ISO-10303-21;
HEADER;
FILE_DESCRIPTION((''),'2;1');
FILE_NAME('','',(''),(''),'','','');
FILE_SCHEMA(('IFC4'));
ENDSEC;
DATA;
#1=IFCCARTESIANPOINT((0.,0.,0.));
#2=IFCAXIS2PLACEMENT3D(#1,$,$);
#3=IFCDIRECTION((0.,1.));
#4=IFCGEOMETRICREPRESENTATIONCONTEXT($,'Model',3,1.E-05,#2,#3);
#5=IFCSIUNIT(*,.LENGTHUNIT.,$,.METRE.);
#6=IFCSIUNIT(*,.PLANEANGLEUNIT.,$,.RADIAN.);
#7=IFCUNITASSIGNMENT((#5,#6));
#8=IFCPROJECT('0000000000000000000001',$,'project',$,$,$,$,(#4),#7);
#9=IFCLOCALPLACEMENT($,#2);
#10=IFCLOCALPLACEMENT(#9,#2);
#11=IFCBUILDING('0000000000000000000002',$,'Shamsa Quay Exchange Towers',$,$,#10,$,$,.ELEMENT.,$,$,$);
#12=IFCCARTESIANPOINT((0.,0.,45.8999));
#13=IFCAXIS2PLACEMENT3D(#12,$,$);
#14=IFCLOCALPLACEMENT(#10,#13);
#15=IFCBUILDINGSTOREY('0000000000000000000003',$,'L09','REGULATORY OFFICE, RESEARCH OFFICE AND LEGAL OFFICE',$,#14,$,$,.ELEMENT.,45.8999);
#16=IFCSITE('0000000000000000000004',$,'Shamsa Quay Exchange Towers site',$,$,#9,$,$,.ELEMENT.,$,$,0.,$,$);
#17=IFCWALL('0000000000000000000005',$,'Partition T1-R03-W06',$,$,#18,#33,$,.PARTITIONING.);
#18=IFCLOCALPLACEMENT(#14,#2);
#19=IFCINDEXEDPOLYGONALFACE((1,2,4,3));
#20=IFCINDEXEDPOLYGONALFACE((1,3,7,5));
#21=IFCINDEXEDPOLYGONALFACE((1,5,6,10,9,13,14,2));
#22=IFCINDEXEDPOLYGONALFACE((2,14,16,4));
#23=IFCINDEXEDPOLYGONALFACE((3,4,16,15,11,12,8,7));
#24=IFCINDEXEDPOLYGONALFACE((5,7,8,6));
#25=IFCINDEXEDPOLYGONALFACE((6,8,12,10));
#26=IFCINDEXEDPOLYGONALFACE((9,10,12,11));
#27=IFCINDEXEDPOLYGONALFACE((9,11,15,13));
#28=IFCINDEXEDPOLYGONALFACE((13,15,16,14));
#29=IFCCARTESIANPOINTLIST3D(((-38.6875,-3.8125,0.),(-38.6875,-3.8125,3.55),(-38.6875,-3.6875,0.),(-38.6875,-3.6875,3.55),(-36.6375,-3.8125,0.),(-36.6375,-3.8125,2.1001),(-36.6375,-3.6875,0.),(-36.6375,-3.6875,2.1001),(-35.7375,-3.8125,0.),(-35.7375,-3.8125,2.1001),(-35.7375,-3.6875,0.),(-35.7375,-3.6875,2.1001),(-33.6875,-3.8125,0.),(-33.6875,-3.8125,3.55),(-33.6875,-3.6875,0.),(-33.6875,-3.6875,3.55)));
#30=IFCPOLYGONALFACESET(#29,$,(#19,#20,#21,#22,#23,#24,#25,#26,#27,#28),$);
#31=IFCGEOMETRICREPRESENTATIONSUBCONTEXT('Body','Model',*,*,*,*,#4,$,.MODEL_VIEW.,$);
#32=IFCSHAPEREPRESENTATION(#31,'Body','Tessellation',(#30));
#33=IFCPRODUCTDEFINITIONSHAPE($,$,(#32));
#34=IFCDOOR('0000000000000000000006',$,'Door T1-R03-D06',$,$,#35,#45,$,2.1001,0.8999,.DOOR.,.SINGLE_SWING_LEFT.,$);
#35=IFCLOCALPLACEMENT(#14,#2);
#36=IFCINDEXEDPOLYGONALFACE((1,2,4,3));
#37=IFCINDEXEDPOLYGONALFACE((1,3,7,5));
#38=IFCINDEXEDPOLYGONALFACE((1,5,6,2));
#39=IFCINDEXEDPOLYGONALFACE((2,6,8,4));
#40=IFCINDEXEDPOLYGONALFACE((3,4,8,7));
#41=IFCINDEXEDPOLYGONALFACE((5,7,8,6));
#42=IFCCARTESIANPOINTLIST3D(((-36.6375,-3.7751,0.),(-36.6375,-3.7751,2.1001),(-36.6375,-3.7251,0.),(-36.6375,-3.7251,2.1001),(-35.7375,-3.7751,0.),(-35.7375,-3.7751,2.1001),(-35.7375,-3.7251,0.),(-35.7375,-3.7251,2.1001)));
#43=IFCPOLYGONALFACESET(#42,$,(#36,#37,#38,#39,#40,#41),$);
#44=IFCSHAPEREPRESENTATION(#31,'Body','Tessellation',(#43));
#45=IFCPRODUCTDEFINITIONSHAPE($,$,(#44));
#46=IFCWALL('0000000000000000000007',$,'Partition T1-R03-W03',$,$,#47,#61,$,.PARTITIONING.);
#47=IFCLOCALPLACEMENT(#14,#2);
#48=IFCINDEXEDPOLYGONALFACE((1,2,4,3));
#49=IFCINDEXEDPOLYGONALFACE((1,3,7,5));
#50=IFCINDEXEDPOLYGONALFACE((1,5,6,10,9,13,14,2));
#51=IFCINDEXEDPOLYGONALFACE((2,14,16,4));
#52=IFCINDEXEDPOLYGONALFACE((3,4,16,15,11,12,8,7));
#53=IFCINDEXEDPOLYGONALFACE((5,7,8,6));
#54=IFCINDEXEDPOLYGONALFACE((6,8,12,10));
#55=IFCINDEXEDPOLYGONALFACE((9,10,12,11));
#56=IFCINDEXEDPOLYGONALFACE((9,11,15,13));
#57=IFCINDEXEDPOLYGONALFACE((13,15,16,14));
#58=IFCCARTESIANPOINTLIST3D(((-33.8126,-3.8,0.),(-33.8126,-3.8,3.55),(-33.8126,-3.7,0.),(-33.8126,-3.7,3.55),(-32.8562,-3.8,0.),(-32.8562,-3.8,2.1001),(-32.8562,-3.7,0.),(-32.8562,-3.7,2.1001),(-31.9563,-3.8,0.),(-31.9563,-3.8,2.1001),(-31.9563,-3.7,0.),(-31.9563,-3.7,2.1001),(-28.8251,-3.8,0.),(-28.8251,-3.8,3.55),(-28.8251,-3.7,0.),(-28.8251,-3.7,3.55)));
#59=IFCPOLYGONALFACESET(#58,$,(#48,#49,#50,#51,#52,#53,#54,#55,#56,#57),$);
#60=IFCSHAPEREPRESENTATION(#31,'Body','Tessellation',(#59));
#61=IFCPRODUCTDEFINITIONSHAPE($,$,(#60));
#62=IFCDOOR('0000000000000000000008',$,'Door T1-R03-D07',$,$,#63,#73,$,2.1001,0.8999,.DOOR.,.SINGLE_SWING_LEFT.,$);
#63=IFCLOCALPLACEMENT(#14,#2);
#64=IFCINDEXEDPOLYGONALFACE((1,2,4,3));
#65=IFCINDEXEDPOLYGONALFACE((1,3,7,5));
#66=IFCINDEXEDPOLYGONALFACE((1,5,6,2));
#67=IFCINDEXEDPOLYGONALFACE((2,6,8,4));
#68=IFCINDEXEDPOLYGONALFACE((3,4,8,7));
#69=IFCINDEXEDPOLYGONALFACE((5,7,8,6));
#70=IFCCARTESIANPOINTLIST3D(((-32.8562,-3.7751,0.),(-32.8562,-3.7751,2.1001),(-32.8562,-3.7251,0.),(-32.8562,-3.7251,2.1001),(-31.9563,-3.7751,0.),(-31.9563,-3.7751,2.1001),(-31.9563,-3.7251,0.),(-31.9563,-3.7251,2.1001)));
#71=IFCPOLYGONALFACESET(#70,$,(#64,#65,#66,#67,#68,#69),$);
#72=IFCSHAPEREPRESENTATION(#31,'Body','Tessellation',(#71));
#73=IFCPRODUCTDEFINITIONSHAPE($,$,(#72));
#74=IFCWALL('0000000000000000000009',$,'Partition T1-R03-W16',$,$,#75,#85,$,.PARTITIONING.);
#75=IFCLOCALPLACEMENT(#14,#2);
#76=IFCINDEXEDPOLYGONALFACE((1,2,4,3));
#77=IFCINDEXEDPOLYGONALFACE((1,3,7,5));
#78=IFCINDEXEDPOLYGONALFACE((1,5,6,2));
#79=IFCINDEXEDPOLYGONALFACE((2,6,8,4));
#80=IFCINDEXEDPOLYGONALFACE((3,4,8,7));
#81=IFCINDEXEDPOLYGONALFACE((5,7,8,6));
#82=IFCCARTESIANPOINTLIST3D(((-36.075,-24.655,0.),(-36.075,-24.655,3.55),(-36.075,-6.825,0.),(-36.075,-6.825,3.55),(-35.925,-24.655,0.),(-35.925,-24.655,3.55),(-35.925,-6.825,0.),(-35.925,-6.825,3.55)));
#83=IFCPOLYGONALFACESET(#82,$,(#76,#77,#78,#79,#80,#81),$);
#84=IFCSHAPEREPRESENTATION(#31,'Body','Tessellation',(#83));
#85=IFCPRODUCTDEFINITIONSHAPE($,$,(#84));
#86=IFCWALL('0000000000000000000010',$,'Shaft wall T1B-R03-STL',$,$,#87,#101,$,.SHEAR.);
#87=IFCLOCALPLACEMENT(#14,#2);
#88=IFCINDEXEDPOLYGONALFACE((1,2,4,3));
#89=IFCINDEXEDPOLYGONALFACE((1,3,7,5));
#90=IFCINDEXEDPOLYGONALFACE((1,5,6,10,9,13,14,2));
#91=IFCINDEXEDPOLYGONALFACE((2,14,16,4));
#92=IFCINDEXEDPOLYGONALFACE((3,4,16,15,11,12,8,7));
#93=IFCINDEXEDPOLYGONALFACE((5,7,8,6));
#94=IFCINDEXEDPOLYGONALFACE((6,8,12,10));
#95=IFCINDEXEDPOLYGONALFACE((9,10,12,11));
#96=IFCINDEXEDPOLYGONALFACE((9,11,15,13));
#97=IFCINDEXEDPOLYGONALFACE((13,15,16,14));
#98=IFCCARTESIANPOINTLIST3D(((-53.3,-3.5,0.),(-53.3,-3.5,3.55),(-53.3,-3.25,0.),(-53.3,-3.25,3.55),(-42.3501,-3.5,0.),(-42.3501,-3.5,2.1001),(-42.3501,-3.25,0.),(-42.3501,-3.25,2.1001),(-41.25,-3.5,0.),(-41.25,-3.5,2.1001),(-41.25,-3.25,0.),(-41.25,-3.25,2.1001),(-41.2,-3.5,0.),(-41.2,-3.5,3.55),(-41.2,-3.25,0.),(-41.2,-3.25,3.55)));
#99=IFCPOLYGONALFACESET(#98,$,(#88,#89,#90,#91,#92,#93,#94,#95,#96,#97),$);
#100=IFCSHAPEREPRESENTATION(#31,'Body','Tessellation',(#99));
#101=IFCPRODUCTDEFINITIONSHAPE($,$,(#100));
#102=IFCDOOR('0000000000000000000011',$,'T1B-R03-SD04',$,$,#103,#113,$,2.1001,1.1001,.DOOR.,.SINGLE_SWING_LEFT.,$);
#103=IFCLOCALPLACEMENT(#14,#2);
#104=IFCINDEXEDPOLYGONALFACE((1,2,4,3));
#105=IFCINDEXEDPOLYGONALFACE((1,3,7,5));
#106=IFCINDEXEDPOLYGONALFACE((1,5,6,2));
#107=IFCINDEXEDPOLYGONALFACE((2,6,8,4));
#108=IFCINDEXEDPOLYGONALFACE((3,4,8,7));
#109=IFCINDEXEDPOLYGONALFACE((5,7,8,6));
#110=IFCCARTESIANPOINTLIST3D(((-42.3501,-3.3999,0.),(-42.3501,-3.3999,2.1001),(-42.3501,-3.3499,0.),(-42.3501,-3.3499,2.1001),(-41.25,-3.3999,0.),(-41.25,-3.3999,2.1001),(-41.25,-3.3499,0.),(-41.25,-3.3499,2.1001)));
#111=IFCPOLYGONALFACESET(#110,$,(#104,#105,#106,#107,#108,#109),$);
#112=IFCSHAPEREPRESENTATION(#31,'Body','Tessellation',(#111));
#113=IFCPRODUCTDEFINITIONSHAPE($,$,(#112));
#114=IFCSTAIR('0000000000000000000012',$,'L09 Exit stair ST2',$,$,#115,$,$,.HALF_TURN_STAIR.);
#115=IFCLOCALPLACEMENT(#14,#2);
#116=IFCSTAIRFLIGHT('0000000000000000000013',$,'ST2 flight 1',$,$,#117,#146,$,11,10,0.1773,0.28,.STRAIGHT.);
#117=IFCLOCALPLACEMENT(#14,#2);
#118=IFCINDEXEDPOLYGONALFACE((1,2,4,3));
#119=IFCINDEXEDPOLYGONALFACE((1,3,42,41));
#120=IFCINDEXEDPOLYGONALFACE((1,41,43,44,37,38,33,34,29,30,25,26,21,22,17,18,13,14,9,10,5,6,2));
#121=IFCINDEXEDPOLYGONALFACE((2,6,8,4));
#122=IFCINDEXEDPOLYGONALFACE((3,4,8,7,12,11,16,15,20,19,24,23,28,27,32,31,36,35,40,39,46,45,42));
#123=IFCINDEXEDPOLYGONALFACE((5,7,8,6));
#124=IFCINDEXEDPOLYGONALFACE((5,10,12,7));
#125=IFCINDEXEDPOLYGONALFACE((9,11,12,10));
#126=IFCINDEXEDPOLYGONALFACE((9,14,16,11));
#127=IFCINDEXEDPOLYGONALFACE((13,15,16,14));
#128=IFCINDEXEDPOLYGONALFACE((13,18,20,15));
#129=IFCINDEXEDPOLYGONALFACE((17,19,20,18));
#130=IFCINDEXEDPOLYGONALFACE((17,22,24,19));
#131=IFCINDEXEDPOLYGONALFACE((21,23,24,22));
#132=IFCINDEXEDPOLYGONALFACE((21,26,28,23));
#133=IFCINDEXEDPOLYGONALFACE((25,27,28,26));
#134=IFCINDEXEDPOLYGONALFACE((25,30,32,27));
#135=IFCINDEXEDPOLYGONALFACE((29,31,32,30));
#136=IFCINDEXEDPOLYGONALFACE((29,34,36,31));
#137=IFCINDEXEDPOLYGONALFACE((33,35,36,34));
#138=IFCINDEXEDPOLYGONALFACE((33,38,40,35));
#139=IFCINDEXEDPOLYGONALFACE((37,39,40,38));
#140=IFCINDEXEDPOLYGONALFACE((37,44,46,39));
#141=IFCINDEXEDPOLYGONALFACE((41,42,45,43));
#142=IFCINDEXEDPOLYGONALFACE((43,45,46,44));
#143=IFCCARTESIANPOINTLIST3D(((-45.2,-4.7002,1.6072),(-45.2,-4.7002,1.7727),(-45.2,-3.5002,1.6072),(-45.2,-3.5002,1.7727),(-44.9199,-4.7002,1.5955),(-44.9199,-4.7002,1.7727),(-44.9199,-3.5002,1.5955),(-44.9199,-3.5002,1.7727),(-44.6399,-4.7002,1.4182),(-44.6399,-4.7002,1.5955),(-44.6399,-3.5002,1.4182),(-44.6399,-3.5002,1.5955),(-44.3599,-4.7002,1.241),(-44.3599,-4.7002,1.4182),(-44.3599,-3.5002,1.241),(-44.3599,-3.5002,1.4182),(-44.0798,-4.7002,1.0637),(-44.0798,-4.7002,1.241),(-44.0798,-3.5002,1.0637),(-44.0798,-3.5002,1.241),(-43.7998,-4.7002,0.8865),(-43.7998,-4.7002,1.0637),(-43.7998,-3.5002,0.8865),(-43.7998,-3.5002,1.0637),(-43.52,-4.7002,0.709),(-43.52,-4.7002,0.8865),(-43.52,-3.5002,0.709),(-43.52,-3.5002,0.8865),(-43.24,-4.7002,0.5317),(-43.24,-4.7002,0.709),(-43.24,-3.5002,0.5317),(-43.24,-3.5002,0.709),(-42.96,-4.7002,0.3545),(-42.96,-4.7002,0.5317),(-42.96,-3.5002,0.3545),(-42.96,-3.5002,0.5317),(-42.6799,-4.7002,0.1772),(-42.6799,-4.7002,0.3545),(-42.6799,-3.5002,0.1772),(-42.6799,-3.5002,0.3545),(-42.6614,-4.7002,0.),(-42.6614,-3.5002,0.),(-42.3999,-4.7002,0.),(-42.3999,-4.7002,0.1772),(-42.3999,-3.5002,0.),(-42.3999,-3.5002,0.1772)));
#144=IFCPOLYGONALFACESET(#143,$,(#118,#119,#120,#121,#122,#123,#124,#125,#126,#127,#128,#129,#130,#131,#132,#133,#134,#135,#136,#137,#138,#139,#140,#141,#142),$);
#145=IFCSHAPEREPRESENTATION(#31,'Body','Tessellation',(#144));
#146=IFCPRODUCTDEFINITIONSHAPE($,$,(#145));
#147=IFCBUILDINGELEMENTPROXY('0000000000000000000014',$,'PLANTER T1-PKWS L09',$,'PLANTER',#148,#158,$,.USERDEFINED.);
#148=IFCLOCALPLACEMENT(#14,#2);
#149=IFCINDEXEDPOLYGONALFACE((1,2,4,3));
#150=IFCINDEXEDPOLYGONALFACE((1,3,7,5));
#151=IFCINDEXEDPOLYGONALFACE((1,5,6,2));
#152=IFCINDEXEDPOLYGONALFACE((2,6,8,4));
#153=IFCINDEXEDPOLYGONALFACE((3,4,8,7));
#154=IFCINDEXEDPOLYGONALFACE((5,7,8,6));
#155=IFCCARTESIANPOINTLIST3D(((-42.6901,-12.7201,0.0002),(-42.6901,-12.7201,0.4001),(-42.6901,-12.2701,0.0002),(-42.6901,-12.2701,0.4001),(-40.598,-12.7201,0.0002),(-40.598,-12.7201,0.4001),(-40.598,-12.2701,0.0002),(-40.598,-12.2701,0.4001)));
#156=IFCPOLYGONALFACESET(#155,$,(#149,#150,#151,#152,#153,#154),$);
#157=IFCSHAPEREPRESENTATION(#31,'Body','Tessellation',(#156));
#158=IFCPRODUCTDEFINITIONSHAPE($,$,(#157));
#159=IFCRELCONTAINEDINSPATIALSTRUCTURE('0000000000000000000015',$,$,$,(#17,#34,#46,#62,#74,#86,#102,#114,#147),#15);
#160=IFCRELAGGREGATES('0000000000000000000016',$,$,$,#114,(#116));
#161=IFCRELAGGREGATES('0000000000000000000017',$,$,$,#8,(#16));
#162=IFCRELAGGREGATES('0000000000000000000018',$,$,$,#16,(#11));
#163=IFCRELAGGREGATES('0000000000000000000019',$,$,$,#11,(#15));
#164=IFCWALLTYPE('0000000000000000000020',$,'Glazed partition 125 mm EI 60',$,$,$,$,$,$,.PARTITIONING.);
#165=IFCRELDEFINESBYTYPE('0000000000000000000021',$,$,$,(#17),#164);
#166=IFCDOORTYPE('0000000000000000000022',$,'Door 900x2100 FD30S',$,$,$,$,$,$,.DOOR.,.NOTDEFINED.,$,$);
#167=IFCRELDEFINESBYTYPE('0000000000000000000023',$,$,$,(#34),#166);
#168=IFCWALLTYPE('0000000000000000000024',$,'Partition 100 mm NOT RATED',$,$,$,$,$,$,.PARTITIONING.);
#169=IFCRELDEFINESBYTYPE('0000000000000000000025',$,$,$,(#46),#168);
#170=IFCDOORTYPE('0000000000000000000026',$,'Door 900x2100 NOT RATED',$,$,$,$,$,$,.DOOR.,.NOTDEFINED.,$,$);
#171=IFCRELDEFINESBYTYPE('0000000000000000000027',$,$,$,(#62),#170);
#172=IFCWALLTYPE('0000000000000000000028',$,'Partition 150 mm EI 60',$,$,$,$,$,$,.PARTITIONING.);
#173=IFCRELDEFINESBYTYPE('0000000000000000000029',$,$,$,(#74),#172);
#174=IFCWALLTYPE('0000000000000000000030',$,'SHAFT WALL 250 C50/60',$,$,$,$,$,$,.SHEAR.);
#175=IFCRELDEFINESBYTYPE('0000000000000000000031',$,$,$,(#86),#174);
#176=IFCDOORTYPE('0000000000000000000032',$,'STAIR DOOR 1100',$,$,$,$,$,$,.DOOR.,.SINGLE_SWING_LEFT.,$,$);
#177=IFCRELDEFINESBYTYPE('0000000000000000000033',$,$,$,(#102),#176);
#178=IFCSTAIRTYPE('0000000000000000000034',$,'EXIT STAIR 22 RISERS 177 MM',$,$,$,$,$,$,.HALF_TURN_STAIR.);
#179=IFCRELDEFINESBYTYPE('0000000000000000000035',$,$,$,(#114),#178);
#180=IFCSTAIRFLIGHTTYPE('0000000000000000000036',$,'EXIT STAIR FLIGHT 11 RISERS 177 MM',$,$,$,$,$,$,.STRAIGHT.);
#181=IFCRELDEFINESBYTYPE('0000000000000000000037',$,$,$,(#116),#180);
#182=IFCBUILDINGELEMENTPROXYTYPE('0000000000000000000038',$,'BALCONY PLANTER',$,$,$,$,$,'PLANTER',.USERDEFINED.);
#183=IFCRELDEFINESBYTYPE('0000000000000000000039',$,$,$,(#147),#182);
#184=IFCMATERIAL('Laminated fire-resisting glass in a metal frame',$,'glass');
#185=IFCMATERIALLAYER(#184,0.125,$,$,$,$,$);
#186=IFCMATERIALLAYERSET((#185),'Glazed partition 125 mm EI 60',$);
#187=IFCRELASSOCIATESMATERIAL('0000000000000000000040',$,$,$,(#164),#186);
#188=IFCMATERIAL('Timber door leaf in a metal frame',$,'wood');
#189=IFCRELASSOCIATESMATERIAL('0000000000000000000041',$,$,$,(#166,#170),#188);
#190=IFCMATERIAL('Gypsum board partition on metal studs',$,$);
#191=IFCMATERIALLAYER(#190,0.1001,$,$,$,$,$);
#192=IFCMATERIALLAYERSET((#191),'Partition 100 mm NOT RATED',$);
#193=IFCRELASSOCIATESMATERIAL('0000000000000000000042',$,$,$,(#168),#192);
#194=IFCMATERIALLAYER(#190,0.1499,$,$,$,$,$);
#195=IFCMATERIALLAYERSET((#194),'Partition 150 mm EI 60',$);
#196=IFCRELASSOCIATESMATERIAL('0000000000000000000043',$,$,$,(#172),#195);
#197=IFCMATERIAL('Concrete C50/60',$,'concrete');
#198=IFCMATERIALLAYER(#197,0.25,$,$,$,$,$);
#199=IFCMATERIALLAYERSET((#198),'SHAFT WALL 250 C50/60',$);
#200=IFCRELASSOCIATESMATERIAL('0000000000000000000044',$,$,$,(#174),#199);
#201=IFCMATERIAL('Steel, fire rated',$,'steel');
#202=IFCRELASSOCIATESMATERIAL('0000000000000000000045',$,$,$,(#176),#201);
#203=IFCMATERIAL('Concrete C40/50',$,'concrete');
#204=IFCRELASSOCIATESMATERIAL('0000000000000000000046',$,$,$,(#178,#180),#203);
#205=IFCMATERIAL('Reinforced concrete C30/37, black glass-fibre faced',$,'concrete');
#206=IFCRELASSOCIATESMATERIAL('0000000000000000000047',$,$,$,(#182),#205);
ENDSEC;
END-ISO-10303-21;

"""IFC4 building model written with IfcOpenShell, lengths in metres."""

from ifc_helpers import new_model, si_unit, direction, frame, frame_2d, origin, origin_2d, place, context, subcontext, project, spatial, polyline, rectangle, outline, extrude, material, layer, layer_set, type_object, element, fill, aggregate, save


model = new_model("IFC4")

# Units and contexts
model_context = context("Model", 3, precision=1e-05, world=origin(), true_north=direction((0.0, 1.0)))
body_context = subcontext(model_context, "Body", "Model", "MODEL_VIEW")
ifc_project = project(units=[si_unit("LENGTHUNIT", "METRE"), si_unit("PLANEANGLEUNIT", "RADIAN")], contexts=[model_context])

# Site, building, storey
site_placement = place(None, origin())
site = spatial("IfcSite", under=ifc_project, at=site_placement, Name="Shamsa Quay Exchange Towers site", CompositionType="ELEMENT", RefElevation=0.0)
building_placement = place(site_placement, origin())
building = spatial("IfcBuilding", under=site, at=building_placement, Name="Shamsa Quay Exchange Towers", CompositionType="ELEMENT")
storey_placement = place(building_placement, frame((0.0, 0.0, 45.8999)))
storey = spatial("IfcBuildingStorey", under=building, at=storey_placement, Name="L09", Description="REGULATORY OFFICE, RESEARCH OFFICE AND LEGAL OFFICE", CompositionType="ELEMENT", Elevation=45.8999)

# Walls, openings, doors
ifc_material_1 = material(Name="Steel, fire rated", Category="steel")
ifc_material_2 = material(Name="Laminated fire-resisting glass in a metal frame", Category="glass")
ifc_layer_1 = layer(ifc_material_2, 0.125)
ifc_layer_set_1 = layer_set([ifc_layer_1], Name="Glazed partition 125 mm EI 60")
wall_type_1 = type_object("IfcWallType", Name="Glazed partition 125 mm EI 60", PredefinedType="PARTITIONING", material=ifc_layer_set_1)
wall_1_placement = place(storey_placement, frame((-38.6875, -3.75, 0.0)))
wall_1 = element("IfcWall", 1, at=wall_1_placement, inside=storey, type_object=wall_type_1, Name="Partition T1-R03-W06", PredefinedType="PARTITIONING", context=body_context, shape_type="SweptSolid", body=[
    extrude(rectangle(XDim=5.0, YDim=0.125, at=frame_2d((2.5, 0.0))), origin(), (0.0, 0.0, 1.0), 3.55),
])
opening_1_placement = place(wall_1_placement, frame((2.05, 0.0, 0.0)))
opening_1 = element("IfcOpeningElement", 2, at=opening_1_placement, cuts=wall_1, PredefinedType="OPENING", context=body_context, shape_type="SweptSolid", body=[
    extrude(rectangle(XDim=0.8999, YDim=2.1001, at=frame_2d((0.45, 1.05))), frame((0.0, 0.0725, 0.0), z_axis=(0.0, -1.0, 0.0), x_axis=(1.0, 0.0, 0.0)), (0.0, 0.0, 1.0), 0.145),
])
ifc_material_3 = material(Name="Timber door leaf in a metal frame", Category="wood")
door_type_1 = type_object("IfcDoorType", Name="Door 900x2100 FD30S", OperationType="NOTDEFINED", PredefinedType="DOOR", material=ifc_material_3)
door_1_placement = place(opening_1_placement, origin())
door_1 = element("IfcDoor", 3, at=door_1_placement, inside=storey, type_object=door_type_1, Name="Door T1-R03-D06", OperationType="SINGLE_SWING_LEFT", OverallHeight=2.1001, OverallWidth=0.8999, PredefinedType="DOOR", context=body_context, shape_type="SweptSolid", body=[
    extrude(rectangle(XDim=0.8999, YDim=2.1001, at=frame_2d((0.45, 1.05))), frame((0.0, 0.0249, 0.0), z_axis=(0.0, -1.0, 0.0), x_axis=(1.0, 0.0, 0.0)), (0.0, 0.0, 1.0), 0.05),
])
fill(opening_1, door_1)
ifc_material_4 = material(Name="Gypsum board partition on metal studs")
ifc_layer_2 = layer(ifc_material_4, 0.1001)
ifc_layer_set_2 = layer_set([ifc_layer_2], Name="Partition 100 mm NOT RATED")
wall_type_2 = type_object("IfcWallType", Name="Partition 100 mm NOT RATED", PredefinedType="PARTITIONING", material=ifc_layer_set_2)
wall_2_placement = place(storey_placement, frame((-33.8125, -3.75, 0.0)))
wall_2 = element("IfcWall", 4, at=wall_2_placement, inside=storey, type_object=wall_type_2, Name="Partition T1-R03-W03", PredefinedType="PARTITIONING", context=body_context, shape_type="SweptSolid", body=[
    extrude(rectangle(XDim=4.9875, YDim=0.1001, at=frame_2d((2.4937, 0.0))), origin(), (0.0, 0.0, 1.0), 3.55),
])
opening_2_placement = place(wall_2_placement, frame((0.9563, 0.0, 0.0)))
opening_2 = element("IfcOpeningElement", 5, at=opening_2_placement, cuts=wall_2, PredefinedType="OPENING", context=body_context, shape_type="SweptSolid", body=[
    extrude(rectangle(XDim=0.8999, YDim=2.1001, at=frame_2d((0.45, 1.05))), frame((0.0, 0.0601, 0.0), z_axis=(0.0, -1.0, 0.0), x_axis=(1.0, 0.0, 0.0)), (0.0, 0.0, 1.0), 0.1201),
])
door_type_2 = type_object("IfcDoorType", Name="Door 900x2100 NOT RATED", OperationType="NOTDEFINED", PredefinedType="DOOR", material=ifc_material_3)
door_2_placement = place(opening_2_placement, origin())
door_2 = element("IfcDoor", 6, at=door_2_placement, inside=storey, type_object=door_type_2, Name="Door T1-R03-D07", OperationType="SINGLE_SWING_LEFT", OverallHeight=2.1001, OverallWidth=0.8999, PredefinedType="DOOR", context=body_context, shape_type="SweptSolid", body=[
    extrude(rectangle(XDim=0.8999, YDim=2.1001, at=frame_2d((0.45, 1.05))), frame((0.0, 0.0249, 0.0), z_axis=(0.0, -1.0, 0.0), x_axis=(1.0, 0.0, 0.0)), (0.0, 0.0, 1.0), 0.05),
])
fill(opening_2, door_2)

# Wall
ifc_layer_3 = layer(ifc_material_4, 0.1499)
ifc_layer_set_3 = layer_set([ifc_layer_3], Name="Partition 150 mm EI 60")
wall_type_3 = type_object("IfcWallType", Name="Partition 150 mm EI 60", PredefinedType="PARTITIONING", material=ifc_layer_set_3)
wall_3_placement = place(storey_placement, frame((-36.0, -24.655, 0.0), z_axis=(0.0, 0.0, 1.0), x_axis=(0.0, 1.0, 0.0)))
element("IfcWall", 7, at=wall_3_placement, inside=storey, type_object=wall_type_3, Name="Partition T1-R03-W16", PredefinedType="PARTITIONING", context=body_context, shape_type="SweptSolid", body=[
    extrude(rectangle(XDim=17.8301, YDim=0.1499, at=frame_2d((8.915, 0.0))), origin(), (0.0, 0.0, 1.0), 3.55),
])

# Wall, opening, door
ifc_material_5 = material(Name="Concrete C50/60", Category="concrete")
ifc_layer_4 = layer(ifc_material_5, 0.25)
ifc_layer_set_4 = layer_set([ifc_layer_4], Name="SHAFT WALL 250 C50/60")
wall_type_4 = type_object("IfcWallType", Name="SHAFT WALL 250 C50/60", PredefinedType="SHEAR", material=ifc_layer_set_4)
wall_4_placement = place(storey_placement, frame((-41.2, -3.375, 0.0), z_axis=(0.0, 0.0, 1.0), x_axis=(-1.0, 0.0, 0.0)))
wall_4 = element("IfcWall", 8, at=wall_4_placement, inside=storey, type_object=wall_type_4, Name="Shaft wall T1B-R03-STL", PredefinedType="SHEAR", context=body_context, shape_type="SweptSolid", body=[
    extrude(rectangle(XDim=12.1001, YDim=0.25, at=frame_2d((6.05, 0.0))), origin(), (0.0, 0.0, 1.0), 3.55),
])
opening_3_placement = place(wall_4_placement, frame((0.05, 0.0, 0.0)))
opening_3 = element("IfcOpeningElement", 9, at=opening_3_placement, cuts=wall_4, PredefinedType="OPENING", context=body_context, shape_type="SweptSolid", body=[
    extrude(rectangle(XDim=1.1001, YDim=2.1001, at=frame_2d((0.55, 1.05))), frame((0.0, 0.135, 0.0), z_axis=(0.0, -1.0, 0.0), x_axis=(1.0, 0.0, 0.0)), (0.0, 0.0, 1.0), 0.27),
])
door_type_3 = type_object("IfcDoorType", Name="STAIR DOOR 1100", OperationType="SINGLE_SWING_LEFT", PredefinedType="DOOR", material=ifc_material_1)
door_3_placement = place(opening_3_placement, origin())
door_3 = element("IfcDoor", 10, at=door_3_placement, inside=storey, type_object=door_type_3, Name="T1B-R03-SD04", OperationType="SINGLE_SWING_LEFT", OverallHeight=2.1001, OverallWidth=1.1001, PredefinedType="DOOR", context=body_context, shape_type="SweptSolid", body=[
    extrude(rectangle(XDim=1.1001, YDim=2.1001, at=frame_2d((0.55, 1.05))), frame((0.0, 0.0249, 0.0), z_axis=(0.0, -1.0, 0.0), x_axis=(1.0, 0.0, 0.0)), (0.0, 0.0, 1.0), 0.05),
])
fill(opening_3, door_3)

# Stair, stair flight
ifc_material_6 = material(Name="Concrete C40/50", Category="concrete")
stair_type = type_object("IfcStairType", Name="EXIT STAIR 22 RISERS 177 MM", PredefinedType="HALF_TURN_STAIR", material=ifc_material_6)
stair_placement = place(storey_placement, origin())
stair = element("IfcStair", 11, at=stair_placement, inside=storey, type_object=stair_type, Name="L09 Exit stair ST2", PredefinedType="HALF_TURN_STAIR")
stair_flight_type = type_object("IfcStairFlightType", Name="EXIT STAIR FLIGHT 11 RISERS 177 MM", PredefinedType="STRAIGHT", material=ifc_material_6)
stair_flight_placement = place(storey_placement, frame((-42.3999, -4.1001, 0.0), z_axis=(0.0, 0.0, 1.0), x_axis=(-1.0, 0.0, 0.0)))
stair_flight = element("IfcStairFlight", 12, at=stair_flight_placement, type_object=stair_flight_type, Name="ST2 flight 1", NumberOfRisers=11, NumberOfTreads=10, PredefinedType="STRAIGHT", RiserHeight=0.1773, TreadLength=0.28, context=body_context, shape_type="SweptSolid", body=[
    extrude(outline(polyline([(0.0, 0.0), (0.0, 0.1772), (0.28, 0.1772), (0.28, 0.3545), (0.5601, 0.3545), (0.5601, 0.5317), (0.8401, 0.5317), (0.8401, 0.709), (1.1201, 0.709), (1.1201, 0.8865), (1.3999, 0.8865), (1.3999, 1.0637), (1.6799, 1.0637), (1.6799, 1.241), (1.96, 1.241), (1.96, 1.4182), (2.24, 1.4182), (2.24, 1.5955), (2.52, 1.5955), (2.52, 1.7727), (2.8, 1.7727), (2.8, 1.95), (2.8, 1.6072), (0.2615, 0.0), (0.0, 0.0)])), frame((0.0, 0.6001, 0.0), z_axis=(0.0, -1.0, 0.0), x_axis=(1.0, 0.0, 0.0)), (0.0, 0.0, 1.0), 1.2),
])
aggregate(stair, [stair_flight])

# Building element proxy
ifc_material_7 = material(Name="Reinforced concrete C30/37, black glass-fibre faced", Category="concrete")
building_element_proxy_type = type_object("IfcBuildingElementProxyType", Name="BALCONY PLANTER", ElementType="PLANTER", PredefinedType="USERDEFINED", material=ifc_material_7)
proxy_placement = place(storey_placement, frame((-41.644, -12.4951, 0.0002)))
element("IfcBuildingElementProxy", 13, at=proxy_placement, inside=storey, type_object=building_element_proxy_type, Name="PLANTER T1-PKWS L09", ObjectType="PLANTER", PredefinedType="USERDEFINED", context=body_context, shape_type="SweptSolid", body=[
    extrude(rectangle(XDim=2.092, YDim=0.45, at=origin_2d()), origin(), (0.0, 0.0, 1.0), 0.3999),
])

save(model, "model.ifc")
